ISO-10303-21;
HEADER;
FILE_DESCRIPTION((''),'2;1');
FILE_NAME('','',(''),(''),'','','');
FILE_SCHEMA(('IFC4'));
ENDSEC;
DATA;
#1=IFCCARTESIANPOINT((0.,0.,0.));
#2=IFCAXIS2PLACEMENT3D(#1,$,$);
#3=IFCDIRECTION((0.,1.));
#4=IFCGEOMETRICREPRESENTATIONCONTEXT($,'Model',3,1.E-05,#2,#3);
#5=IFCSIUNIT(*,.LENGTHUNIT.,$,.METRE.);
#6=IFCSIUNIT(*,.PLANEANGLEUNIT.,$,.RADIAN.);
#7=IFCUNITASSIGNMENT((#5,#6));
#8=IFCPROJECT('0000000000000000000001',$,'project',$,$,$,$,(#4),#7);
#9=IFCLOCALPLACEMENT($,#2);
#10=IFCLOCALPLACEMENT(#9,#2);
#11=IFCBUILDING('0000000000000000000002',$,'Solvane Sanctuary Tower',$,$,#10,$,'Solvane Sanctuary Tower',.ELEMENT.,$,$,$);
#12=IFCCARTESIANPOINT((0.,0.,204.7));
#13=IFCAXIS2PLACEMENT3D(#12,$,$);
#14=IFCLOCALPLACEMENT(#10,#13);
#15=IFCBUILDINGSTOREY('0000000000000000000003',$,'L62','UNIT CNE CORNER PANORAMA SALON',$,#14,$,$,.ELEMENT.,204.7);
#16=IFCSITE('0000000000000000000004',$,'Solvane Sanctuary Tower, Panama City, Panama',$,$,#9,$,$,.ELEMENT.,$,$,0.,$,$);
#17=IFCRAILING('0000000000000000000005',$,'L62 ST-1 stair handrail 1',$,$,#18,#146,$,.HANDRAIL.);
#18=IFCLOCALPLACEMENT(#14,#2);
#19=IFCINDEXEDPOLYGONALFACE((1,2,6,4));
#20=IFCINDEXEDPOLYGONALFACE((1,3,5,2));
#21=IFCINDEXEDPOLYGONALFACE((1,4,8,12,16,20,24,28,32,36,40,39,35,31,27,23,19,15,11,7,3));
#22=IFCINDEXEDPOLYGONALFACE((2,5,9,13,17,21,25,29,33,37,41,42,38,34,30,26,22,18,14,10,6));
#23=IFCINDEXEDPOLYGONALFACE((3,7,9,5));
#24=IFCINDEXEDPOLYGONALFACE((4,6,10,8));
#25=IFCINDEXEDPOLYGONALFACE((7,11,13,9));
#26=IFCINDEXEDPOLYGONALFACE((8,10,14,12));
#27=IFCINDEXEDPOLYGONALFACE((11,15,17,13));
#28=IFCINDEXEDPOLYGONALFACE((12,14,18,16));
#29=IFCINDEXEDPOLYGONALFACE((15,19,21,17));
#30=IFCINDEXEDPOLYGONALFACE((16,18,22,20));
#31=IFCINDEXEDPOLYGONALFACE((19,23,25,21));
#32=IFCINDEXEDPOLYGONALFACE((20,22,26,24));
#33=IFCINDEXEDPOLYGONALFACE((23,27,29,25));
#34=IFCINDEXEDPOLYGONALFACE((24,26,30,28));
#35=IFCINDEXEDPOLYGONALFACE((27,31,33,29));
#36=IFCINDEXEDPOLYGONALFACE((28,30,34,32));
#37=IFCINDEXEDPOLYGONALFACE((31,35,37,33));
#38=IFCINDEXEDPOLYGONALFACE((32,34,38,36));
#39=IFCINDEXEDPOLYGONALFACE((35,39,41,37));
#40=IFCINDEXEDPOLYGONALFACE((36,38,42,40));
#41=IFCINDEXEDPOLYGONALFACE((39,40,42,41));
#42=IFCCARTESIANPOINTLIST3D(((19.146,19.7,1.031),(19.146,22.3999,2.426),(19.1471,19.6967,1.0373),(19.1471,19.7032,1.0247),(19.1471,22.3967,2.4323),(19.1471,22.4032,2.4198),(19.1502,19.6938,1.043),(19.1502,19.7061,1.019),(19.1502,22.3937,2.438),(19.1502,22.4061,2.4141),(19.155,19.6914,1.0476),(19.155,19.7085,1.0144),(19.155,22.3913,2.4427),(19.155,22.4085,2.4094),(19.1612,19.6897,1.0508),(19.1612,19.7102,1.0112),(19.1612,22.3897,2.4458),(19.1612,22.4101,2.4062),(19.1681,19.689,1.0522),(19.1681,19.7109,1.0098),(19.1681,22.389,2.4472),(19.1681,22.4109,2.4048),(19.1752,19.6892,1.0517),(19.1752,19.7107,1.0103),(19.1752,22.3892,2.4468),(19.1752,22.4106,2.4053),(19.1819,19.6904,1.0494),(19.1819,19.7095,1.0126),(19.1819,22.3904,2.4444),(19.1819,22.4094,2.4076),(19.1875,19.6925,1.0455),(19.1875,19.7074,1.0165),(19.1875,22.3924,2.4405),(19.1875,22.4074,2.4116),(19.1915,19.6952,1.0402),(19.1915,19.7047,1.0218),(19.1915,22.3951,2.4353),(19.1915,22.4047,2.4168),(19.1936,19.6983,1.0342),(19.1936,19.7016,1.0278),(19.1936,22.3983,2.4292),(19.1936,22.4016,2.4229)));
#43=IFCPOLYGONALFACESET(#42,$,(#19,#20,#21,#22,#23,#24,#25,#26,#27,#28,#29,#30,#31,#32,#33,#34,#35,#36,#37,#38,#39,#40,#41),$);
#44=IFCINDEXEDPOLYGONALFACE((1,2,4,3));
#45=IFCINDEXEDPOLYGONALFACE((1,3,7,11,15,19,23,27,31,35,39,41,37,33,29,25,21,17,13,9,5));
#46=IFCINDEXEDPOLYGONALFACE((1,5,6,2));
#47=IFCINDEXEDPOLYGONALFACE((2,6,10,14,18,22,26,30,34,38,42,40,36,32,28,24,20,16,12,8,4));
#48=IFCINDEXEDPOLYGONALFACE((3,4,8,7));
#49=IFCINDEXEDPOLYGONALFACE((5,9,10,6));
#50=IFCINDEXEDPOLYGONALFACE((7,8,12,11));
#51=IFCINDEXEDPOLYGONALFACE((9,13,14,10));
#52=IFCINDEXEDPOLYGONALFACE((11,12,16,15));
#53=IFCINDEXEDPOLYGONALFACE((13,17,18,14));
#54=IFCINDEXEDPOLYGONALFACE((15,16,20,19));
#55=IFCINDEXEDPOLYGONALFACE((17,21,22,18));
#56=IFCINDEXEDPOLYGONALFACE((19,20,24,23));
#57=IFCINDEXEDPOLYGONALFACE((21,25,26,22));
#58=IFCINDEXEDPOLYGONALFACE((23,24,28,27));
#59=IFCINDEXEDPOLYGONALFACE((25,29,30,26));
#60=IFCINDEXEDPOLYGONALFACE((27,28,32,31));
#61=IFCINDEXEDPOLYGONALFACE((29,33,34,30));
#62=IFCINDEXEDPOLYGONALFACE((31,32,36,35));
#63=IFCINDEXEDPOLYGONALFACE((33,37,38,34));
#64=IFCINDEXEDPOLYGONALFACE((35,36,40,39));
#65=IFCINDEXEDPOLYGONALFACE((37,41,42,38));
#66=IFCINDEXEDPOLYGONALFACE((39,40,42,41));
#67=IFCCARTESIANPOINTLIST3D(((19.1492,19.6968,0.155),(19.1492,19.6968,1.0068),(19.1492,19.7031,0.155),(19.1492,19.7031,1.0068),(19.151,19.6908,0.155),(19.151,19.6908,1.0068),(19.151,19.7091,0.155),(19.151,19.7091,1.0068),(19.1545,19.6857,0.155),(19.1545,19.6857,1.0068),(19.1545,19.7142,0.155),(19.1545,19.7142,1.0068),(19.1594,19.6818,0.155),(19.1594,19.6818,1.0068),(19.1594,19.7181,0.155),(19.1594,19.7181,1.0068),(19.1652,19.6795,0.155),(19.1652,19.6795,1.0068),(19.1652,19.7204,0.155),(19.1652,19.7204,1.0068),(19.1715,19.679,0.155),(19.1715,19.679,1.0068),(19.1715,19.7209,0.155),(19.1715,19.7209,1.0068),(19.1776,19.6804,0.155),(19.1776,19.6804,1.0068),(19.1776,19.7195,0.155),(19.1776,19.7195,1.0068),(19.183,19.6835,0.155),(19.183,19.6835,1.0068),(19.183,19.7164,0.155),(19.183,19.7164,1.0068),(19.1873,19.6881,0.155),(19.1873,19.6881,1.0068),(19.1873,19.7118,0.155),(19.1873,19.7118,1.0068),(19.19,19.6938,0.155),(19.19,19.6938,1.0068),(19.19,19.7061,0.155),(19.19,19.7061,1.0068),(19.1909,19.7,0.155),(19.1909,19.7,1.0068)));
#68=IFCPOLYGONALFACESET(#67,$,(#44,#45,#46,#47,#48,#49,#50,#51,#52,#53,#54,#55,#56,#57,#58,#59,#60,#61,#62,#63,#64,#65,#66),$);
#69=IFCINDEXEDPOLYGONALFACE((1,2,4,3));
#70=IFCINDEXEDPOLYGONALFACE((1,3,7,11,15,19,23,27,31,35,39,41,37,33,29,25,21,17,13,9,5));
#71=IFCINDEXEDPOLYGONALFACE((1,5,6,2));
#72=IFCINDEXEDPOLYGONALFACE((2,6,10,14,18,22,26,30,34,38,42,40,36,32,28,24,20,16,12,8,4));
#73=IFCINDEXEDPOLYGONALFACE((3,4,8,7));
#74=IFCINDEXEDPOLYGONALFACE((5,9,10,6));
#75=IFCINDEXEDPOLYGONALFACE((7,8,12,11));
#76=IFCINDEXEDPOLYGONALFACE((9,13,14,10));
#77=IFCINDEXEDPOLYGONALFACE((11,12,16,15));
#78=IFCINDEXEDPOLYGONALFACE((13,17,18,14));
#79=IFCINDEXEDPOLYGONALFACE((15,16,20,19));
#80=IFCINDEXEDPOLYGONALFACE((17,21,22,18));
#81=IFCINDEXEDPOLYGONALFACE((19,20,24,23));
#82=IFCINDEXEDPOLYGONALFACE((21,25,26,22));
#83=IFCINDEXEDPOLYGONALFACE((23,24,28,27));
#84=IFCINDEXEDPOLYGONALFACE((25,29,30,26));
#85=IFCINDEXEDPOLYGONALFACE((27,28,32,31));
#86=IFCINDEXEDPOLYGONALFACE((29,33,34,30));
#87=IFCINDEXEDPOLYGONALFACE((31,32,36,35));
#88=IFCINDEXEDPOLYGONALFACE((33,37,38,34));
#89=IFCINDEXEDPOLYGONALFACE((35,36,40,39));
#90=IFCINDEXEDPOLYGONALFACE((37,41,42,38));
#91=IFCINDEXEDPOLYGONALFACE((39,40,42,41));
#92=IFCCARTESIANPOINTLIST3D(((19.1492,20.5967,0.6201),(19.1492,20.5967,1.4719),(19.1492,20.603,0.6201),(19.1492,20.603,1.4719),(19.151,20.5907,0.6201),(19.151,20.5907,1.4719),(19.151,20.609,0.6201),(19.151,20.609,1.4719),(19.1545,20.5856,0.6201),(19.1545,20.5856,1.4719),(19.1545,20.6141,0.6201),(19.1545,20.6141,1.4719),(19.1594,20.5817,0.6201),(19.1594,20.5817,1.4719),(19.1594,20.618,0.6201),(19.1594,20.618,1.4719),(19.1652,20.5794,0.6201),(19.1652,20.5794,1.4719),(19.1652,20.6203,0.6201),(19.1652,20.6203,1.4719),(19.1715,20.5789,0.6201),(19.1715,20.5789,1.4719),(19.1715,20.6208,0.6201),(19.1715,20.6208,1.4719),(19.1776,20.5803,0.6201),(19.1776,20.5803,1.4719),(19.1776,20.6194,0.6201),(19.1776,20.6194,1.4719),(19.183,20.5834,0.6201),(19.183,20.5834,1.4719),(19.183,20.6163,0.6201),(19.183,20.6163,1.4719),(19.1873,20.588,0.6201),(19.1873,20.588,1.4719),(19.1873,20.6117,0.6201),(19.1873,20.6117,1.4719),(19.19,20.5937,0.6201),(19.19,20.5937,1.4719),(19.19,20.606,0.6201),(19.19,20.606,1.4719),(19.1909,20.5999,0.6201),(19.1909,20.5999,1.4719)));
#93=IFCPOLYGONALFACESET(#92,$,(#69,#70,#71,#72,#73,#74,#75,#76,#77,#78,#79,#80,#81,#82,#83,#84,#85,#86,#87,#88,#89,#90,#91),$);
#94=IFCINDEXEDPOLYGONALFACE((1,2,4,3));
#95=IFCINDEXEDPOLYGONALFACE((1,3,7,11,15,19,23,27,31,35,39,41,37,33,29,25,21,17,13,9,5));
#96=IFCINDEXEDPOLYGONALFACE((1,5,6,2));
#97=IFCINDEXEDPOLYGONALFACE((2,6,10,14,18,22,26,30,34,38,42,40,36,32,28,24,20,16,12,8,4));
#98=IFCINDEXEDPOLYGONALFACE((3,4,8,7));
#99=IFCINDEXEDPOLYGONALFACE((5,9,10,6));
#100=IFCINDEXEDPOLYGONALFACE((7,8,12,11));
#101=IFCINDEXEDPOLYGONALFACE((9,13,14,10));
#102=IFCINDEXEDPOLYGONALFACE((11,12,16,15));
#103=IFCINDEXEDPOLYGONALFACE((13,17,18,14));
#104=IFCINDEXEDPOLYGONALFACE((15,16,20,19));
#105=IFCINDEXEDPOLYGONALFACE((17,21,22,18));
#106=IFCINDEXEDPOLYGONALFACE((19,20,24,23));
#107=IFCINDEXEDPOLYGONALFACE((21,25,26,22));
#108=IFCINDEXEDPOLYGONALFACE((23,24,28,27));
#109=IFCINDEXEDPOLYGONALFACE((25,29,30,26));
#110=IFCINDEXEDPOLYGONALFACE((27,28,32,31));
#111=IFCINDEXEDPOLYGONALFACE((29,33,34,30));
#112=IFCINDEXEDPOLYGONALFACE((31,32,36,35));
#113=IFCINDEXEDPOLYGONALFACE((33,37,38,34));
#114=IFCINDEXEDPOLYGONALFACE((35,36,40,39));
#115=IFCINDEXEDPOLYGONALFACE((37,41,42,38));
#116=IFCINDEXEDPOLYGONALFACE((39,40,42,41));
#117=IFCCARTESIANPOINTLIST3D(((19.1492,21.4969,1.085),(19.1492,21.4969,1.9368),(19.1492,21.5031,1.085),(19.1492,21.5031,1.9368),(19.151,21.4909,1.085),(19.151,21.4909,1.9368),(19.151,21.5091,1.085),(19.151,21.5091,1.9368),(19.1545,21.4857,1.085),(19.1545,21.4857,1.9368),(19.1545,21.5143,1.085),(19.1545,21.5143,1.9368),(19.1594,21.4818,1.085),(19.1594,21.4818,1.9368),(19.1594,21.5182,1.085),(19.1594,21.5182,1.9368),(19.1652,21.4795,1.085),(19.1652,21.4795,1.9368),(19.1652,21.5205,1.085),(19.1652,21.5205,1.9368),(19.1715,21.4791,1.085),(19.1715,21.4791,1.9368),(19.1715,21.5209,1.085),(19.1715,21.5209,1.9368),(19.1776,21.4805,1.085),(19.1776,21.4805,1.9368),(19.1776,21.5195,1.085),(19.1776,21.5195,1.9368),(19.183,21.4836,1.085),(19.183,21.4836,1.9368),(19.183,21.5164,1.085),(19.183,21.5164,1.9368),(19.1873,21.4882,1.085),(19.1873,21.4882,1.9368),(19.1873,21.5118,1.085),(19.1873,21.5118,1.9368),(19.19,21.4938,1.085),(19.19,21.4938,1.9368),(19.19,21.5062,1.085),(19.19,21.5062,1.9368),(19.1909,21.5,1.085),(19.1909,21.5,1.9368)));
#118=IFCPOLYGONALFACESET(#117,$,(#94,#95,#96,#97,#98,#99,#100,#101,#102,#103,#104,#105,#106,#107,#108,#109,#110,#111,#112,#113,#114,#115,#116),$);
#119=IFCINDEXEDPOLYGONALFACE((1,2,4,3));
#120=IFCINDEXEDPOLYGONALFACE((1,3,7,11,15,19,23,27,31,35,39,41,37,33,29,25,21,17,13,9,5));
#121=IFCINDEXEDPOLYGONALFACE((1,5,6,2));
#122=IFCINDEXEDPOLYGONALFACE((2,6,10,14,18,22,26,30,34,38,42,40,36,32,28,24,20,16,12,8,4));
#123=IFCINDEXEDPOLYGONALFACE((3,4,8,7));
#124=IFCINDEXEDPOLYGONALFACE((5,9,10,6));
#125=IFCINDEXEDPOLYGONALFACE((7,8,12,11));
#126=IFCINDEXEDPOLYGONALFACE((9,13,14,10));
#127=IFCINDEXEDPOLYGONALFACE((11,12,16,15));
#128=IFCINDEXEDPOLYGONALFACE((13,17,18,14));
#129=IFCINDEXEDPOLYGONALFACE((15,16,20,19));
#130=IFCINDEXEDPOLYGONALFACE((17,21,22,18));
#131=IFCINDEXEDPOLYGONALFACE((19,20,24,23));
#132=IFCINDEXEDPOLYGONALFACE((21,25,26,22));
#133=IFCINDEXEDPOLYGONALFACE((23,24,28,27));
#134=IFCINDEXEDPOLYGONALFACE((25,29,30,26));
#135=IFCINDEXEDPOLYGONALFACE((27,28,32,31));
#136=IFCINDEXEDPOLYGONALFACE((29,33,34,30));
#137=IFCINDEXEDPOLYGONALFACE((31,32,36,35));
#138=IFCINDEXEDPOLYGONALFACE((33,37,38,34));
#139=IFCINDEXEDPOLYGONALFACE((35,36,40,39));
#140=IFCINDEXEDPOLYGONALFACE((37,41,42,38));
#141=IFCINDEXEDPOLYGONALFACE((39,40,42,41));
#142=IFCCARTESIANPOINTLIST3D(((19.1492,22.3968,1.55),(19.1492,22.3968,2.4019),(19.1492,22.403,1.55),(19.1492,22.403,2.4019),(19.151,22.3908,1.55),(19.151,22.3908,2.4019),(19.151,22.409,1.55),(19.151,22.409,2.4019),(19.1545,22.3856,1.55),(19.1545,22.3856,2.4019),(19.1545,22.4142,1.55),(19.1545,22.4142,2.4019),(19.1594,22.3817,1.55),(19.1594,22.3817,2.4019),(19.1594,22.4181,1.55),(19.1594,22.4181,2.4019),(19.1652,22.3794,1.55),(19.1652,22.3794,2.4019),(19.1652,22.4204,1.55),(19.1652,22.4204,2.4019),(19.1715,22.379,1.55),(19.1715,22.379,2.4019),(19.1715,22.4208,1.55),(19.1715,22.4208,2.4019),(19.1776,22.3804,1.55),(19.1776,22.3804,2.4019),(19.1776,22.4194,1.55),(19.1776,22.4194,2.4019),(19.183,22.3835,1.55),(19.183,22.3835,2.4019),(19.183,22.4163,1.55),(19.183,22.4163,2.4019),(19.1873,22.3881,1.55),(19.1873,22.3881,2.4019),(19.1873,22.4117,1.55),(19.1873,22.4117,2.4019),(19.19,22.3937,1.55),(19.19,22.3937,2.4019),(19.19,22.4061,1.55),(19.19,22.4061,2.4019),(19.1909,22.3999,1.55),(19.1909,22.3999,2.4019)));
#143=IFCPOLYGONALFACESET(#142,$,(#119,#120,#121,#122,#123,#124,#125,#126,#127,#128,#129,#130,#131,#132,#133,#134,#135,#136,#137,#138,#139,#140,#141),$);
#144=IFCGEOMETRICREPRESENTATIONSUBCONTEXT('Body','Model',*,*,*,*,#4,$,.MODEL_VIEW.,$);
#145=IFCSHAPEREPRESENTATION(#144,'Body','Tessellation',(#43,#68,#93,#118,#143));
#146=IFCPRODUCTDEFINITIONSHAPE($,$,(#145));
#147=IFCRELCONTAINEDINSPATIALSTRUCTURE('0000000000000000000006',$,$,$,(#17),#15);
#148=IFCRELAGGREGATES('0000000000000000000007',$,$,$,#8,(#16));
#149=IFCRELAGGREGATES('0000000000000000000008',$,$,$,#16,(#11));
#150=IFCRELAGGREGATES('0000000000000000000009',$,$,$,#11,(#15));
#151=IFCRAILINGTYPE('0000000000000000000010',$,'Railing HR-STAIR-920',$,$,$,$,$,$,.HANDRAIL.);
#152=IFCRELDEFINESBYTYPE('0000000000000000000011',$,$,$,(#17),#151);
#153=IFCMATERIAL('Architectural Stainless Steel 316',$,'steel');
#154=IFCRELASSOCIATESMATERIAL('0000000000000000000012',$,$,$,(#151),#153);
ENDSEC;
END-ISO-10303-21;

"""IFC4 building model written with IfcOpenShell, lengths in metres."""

from ifc_helpers import new_model, si_unit, direction, frame, origin, origin_2d, place, context, subcontext, project, spatial, circle, extrude, material, type_object, element, save


model = new_model("IFC4")

# Units and contexts
model_context = context("Model", 3, precision=1e-05, world=origin(), true_north=direction((0.0, 1.0)))
body_context = subcontext(model_context, "Body", "Model", "MODEL_VIEW")
ifc_project = project(units=[si_unit("LENGTHUNIT", "METRE"), si_unit("PLANEANGLEUNIT", "RADIAN")], contexts=[model_context])

# Site, building, storey
site_placement = place(None, origin())
site = spatial("IfcSite", under=ifc_project, at=site_placement, Name="Solvane Sanctuary Tower, Panama City, Panama", CompositionType="ELEMENT", RefElevation=0.0)
building_placement = place(site_placement, origin())
building = spatial("IfcBuilding", under=site, at=building_placement, Name="Solvane Sanctuary Tower", LongName="Solvane Sanctuary Tower", CompositionType="ELEMENT")
storey_placement = place(building_placement, frame((0.0, 0.0, 204.7)))
storey = spatial("IfcBuildingStorey", under=building, at=storey_placement, Name="L62", Description="UNIT CNE CORNER PANORAMA SALON", CompositionType="ELEMENT", Elevation=204.7)

# Shared definitions
ifc_material_1 = material(Name="Architectural Stainless Steel 316", Category="steel")

# Railing
railing_type = type_object("IfcRailingType", Name="Railing HR-STAIR-920", PredefinedType="HANDRAIL", material=ifc_material_1)
railing_placement = place(storey_placement, frame((19.1699, 19.7, 0.155)))
element("IfcRailing", 1, at=railing_placement, inside=storey, type_object=railing_type, Name="L62 ST-1 stair handrail 1", PredefinedType="HANDRAIL", context=body_context, shape_type="SweptSolid", body=[
    extrude(circle(Radius=0.0239, at=origin_2d()), frame((0.0, 0.0, 0.876), z_axis=(0.0, 0.88842, 0.459032), x_axis=(-1.0, 0.0, 0.0)), (0.0, 0.0, 1.0), 3.0391),
    extrude(circle(Radius=0.021, at=origin_2d()), origin(), (0.0, 0.0, 1.0), 0.8518),
    extrude(circle(Radius=0.021, at=origin_2d()), frame((0.0, 0.8999, 0.4651)), (0.0, 0.0, 1.0), 0.8518),
    extrude(circle(Radius=0.021, at=origin_2d()), frame((0.0, 1.8, 0.9299)), (0.0, 0.0, 1.0), 0.8518),
    extrude(circle(Radius=0.021, at=origin_2d()), frame((0.0, 2.7, 1.395)), (0.0, 0.0, 1.0), 0.8518),
])

save(model, "model.ifc")
